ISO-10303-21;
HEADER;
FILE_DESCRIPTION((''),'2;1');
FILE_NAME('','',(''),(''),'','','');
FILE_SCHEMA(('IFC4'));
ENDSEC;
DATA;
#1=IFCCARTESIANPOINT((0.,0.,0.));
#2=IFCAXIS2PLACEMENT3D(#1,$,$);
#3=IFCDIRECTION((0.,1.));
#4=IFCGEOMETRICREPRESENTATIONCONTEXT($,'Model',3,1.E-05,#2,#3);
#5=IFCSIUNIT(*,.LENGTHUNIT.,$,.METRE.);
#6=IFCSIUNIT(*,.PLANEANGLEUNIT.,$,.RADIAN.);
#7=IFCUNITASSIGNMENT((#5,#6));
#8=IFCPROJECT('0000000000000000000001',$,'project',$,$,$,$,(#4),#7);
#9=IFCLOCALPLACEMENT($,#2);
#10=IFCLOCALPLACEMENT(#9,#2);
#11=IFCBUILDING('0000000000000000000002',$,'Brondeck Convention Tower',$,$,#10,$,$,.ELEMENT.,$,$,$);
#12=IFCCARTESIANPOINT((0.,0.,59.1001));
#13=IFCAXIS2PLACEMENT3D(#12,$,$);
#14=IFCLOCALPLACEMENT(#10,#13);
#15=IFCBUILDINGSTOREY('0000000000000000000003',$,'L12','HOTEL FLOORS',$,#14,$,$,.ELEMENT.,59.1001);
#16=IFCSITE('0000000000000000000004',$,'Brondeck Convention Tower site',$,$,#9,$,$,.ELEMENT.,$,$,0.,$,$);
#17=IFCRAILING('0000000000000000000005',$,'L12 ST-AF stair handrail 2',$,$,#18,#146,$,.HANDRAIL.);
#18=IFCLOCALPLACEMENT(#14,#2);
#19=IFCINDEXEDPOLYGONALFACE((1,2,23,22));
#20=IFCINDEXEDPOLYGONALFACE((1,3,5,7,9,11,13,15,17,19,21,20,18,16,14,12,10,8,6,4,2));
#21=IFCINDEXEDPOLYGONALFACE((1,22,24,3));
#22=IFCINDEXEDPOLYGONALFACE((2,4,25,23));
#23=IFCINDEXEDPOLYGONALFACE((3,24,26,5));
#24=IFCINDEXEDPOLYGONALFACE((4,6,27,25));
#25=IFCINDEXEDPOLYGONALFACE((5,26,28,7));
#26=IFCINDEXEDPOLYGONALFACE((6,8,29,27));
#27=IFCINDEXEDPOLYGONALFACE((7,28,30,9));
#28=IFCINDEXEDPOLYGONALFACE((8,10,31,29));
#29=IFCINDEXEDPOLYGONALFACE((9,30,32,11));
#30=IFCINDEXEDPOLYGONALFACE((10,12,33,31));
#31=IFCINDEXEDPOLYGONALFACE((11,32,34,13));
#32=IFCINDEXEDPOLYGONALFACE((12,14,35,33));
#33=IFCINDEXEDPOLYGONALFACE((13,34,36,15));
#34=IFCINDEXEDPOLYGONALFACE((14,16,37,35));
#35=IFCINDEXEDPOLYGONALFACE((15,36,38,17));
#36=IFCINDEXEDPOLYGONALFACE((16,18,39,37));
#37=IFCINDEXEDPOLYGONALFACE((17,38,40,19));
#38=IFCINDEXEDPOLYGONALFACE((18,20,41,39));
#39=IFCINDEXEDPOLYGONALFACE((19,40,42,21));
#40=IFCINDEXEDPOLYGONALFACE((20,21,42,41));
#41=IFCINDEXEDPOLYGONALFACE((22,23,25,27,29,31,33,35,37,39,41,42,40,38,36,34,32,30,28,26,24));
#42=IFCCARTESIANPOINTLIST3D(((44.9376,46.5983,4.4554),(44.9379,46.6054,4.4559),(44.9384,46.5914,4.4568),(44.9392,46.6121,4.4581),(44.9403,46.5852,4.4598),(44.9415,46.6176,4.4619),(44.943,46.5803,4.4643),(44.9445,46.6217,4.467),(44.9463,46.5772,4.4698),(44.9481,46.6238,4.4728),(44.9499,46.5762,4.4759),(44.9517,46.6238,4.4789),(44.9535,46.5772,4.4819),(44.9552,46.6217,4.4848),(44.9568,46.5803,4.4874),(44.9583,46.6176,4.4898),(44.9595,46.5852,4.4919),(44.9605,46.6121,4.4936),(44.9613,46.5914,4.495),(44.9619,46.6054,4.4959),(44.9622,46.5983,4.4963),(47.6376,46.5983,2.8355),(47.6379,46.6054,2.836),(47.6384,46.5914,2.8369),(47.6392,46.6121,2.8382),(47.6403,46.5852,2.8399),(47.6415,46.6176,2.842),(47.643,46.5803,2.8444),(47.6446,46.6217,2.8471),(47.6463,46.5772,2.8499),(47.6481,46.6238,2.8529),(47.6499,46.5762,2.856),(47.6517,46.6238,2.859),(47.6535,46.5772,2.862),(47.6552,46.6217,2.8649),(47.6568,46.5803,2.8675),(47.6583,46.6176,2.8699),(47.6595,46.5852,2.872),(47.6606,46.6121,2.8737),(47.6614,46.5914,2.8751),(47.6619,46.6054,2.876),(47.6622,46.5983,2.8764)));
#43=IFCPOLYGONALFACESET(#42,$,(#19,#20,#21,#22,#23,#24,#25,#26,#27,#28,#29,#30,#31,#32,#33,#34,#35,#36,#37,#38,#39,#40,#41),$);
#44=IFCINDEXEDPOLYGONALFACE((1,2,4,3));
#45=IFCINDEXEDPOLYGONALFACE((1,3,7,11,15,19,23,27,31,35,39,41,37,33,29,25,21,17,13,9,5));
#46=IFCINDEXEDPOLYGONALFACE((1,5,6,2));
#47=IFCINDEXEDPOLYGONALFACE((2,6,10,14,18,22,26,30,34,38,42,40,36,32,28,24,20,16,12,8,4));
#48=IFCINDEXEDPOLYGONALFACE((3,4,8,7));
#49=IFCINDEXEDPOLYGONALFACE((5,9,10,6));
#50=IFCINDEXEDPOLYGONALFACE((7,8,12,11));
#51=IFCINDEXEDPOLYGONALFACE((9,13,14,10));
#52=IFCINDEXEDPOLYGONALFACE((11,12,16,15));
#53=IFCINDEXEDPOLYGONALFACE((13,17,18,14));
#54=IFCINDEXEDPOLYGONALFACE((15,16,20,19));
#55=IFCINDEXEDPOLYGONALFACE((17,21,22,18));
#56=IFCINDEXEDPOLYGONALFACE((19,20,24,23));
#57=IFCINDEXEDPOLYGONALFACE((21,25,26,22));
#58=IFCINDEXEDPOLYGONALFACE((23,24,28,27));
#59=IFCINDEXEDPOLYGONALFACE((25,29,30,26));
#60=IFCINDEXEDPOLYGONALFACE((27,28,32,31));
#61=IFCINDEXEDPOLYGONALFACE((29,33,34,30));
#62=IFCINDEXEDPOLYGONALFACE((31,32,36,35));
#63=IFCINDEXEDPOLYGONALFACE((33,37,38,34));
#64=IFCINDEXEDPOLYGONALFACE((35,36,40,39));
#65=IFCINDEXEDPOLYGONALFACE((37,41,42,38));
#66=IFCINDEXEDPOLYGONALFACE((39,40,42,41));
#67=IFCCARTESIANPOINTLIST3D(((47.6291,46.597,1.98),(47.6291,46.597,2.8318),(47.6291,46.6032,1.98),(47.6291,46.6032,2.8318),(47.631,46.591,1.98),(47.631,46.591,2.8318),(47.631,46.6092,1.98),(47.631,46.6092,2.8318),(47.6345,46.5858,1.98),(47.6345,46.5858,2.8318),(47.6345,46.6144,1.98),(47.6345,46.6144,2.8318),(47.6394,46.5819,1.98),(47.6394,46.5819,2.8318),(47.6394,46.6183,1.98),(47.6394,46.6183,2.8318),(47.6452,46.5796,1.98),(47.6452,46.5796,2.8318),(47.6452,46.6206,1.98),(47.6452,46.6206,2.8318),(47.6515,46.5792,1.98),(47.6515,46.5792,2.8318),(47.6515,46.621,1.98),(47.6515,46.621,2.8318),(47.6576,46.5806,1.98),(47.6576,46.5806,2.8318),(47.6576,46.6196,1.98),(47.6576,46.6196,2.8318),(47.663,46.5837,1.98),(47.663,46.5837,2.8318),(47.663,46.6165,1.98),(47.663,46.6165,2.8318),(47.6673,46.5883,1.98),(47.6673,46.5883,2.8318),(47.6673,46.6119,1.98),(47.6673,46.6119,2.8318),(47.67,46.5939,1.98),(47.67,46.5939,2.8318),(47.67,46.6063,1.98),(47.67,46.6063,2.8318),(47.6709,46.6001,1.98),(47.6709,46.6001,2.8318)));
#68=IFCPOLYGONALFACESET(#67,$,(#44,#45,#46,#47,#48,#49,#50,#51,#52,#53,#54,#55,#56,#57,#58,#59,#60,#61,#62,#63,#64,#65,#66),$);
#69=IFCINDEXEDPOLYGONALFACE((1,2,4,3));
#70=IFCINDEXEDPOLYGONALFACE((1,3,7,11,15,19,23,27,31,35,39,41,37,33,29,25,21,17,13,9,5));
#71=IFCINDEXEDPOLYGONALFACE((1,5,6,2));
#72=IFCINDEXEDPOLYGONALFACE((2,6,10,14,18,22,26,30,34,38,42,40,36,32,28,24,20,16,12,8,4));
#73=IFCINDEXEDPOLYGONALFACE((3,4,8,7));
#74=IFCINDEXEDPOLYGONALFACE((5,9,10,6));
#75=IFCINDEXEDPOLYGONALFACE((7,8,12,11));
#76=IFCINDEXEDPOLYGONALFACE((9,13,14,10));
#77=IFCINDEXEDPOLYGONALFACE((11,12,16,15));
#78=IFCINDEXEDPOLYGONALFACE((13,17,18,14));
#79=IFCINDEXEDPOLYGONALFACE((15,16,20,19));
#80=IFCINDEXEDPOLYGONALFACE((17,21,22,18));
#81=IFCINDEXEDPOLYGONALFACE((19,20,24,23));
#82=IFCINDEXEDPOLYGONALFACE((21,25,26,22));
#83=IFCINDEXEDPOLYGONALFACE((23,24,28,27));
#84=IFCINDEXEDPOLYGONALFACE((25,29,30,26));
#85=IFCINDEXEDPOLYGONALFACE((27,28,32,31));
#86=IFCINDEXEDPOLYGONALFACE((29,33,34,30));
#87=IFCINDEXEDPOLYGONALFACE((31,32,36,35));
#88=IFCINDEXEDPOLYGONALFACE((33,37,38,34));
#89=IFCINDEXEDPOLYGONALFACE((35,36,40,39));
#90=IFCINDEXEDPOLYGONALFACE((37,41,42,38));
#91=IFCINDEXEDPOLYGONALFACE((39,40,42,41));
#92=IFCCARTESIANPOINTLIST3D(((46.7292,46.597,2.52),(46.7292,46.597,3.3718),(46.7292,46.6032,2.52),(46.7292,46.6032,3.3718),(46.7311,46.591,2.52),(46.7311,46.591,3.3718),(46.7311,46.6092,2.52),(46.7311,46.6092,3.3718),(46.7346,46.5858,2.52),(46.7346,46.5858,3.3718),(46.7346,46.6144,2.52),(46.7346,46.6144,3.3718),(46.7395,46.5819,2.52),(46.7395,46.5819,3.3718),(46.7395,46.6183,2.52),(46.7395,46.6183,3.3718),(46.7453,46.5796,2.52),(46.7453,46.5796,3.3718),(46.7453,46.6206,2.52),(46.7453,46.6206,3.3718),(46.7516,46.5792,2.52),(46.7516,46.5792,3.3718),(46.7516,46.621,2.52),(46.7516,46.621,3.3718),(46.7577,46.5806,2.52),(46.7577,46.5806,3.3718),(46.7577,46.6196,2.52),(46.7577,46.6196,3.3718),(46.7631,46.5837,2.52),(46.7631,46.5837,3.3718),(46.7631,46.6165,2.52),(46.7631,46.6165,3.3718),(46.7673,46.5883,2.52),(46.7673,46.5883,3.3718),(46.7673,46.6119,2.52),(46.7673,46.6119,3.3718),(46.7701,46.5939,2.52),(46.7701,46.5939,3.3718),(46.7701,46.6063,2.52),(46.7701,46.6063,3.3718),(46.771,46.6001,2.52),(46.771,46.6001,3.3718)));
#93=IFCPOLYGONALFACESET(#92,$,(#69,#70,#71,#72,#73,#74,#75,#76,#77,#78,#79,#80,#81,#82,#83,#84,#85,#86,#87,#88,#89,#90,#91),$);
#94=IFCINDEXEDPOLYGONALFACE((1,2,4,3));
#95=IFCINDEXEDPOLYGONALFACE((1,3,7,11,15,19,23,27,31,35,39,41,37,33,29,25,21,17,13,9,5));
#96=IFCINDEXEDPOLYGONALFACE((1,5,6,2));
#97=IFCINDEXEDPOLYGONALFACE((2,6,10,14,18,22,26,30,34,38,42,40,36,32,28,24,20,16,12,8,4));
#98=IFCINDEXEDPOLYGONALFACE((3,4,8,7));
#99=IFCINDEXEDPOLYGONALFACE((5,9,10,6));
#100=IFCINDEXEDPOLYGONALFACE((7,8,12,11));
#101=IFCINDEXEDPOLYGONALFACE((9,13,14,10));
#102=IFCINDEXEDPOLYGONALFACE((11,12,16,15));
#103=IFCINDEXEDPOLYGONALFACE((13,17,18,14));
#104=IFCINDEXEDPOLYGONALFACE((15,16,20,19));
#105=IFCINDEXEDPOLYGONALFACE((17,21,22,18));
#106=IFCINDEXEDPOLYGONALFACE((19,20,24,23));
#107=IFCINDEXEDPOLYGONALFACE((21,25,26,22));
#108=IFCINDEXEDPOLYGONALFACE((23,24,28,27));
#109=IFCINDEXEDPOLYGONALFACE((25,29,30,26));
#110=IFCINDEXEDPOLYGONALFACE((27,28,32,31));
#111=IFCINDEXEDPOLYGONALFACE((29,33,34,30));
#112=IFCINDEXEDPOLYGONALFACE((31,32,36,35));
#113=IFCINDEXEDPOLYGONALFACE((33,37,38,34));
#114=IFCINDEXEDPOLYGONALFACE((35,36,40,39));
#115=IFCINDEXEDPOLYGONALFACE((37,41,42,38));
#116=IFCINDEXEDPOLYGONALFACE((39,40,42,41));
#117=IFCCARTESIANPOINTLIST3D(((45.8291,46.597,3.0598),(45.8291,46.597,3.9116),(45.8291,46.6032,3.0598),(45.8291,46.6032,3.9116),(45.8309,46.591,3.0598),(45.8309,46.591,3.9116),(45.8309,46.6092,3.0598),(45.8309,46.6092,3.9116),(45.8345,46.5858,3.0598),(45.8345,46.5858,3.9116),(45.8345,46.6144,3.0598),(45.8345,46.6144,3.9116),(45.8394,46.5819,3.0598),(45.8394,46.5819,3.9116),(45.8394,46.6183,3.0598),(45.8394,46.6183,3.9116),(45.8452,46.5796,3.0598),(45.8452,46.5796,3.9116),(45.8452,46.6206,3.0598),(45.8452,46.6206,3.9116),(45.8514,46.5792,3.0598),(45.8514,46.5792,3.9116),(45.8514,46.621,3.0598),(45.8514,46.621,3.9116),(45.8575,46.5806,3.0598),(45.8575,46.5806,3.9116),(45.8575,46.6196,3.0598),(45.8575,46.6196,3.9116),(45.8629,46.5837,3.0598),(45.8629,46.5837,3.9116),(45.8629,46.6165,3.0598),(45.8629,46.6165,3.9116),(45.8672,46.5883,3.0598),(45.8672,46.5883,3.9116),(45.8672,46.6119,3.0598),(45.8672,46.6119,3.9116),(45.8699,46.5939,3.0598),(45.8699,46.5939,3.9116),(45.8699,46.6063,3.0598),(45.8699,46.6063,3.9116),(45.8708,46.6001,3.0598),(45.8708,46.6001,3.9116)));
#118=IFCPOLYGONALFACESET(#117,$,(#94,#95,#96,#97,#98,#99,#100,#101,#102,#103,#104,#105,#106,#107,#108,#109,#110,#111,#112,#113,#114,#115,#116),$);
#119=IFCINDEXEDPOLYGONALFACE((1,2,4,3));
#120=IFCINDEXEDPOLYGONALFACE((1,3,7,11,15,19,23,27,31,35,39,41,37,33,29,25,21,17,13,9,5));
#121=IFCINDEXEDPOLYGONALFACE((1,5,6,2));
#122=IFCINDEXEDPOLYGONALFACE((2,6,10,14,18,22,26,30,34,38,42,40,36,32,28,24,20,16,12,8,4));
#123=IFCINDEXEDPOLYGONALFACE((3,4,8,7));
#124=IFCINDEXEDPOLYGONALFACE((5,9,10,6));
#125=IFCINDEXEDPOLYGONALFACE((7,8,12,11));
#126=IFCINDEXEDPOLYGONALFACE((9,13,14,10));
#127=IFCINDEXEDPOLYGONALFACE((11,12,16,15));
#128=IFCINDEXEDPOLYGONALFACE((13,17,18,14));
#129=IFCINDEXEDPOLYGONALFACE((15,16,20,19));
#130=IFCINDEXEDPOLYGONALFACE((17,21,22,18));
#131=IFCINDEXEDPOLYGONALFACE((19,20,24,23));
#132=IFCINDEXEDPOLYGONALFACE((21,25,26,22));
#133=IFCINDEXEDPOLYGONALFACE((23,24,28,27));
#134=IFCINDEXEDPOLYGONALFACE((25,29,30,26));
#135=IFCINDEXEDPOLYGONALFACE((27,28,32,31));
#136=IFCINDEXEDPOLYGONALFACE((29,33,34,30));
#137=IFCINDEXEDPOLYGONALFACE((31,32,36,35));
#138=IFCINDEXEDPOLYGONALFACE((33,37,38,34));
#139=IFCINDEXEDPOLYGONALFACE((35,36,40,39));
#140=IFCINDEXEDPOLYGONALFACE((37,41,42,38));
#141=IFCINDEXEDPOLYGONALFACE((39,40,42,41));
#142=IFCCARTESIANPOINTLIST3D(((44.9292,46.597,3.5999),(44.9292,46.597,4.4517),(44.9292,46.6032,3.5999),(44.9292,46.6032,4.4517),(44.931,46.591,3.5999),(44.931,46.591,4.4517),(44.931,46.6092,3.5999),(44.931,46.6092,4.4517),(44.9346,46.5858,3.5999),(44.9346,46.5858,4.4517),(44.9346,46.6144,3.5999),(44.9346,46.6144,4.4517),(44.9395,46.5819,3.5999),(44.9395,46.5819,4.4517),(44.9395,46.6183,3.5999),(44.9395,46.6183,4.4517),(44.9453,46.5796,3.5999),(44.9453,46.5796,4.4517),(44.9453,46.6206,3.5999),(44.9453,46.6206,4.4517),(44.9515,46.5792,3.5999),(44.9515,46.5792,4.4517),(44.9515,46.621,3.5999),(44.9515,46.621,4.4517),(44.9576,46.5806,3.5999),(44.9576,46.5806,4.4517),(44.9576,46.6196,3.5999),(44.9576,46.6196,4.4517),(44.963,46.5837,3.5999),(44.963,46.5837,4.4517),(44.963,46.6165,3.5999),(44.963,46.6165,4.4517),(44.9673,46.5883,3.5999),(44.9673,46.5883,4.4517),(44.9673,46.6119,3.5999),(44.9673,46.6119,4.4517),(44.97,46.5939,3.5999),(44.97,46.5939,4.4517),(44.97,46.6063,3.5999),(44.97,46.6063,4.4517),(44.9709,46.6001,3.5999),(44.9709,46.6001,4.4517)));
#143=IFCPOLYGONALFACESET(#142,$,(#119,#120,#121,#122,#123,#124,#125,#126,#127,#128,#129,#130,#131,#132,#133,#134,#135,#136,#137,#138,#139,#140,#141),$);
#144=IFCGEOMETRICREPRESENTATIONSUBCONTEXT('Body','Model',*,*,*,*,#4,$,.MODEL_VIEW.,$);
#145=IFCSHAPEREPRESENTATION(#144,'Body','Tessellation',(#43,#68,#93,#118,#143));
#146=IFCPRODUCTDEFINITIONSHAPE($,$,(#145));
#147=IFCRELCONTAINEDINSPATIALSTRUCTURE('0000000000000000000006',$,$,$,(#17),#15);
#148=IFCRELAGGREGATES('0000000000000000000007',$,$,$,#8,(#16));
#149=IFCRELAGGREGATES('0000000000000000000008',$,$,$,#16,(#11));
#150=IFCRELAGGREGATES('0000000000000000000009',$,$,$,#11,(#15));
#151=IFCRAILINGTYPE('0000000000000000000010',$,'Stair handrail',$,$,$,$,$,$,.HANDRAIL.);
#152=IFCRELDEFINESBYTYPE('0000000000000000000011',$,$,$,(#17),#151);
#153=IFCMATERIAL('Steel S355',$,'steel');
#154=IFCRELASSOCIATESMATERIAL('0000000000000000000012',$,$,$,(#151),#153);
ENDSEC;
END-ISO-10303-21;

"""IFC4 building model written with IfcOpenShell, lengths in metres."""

from ifc_helpers import new_model, si_unit, direction, frame, origin, origin_2d, place, context, subcontext, project, spatial, circle, extrude, material, type_object, element, save


model = new_model("IFC4")

# Units and contexts
model_context = context("Model", 3, precision=1e-05, world=origin(), true_north=direction((0.0, 1.0)))
body_context = subcontext(model_context, "Body", "Model", "MODEL_VIEW")
ifc_project = project(units=[si_unit("LENGTHUNIT", "METRE"), si_unit("PLANEANGLEUNIT", "RADIAN")], contexts=[model_context])

# Site, building, storey
site_placement = place(None, origin())
site = spatial("IfcSite", under=ifc_project, at=site_placement, Name="Brondeck Convention Tower site", CompositionType="ELEMENT", RefElevation=0.0)
building_placement = place(site_placement, origin())
building = spatial("IfcBuilding", under=site, at=building_placement, Name="Brondeck Convention Tower", CompositionType="ELEMENT")
storey_placement = place(building_placement, frame((0.0, 0.0, 59.1001)))
storey = spatial("IfcBuildingStorey", under=building, at=storey_placement, Name="L12", Description="HOTEL FLOORS", CompositionType="ELEMENT", Elevation=59.1001)

# Shared definitions
ifc_material_1 = material(Name="Steel S355", Category="steel")

# Railing
railing_type = type_object("IfcRailingType", Name="Stair handrail", PredefinedType="HANDRAIL", material=ifc_material_1)
railing_placement = place(storey_placement, frame((47.6499, 46.6001, 1.98)))
element("IfcRailing", 1, at=railing_placement, inside=storey, type_object=railing_type, Name="L12 ST-AF stair handrail 2", PredefinedType="HANDRAIL", context=body_context, shape_type="SweptSolid", body=[
    extrude(circle(Radius=0.0239, at=origin_2d()), frame((0.0, 0.0, 0.876), z_axis=(-0.857507, 0.0, 0.514473), x_axis=(0.0, -1.0, 0.0)), (0.0, 0.0, 1.0), 3.1487),
    extrude(circle(Radius=0.021, at=origin_2d()), origin(), (0.0, 0.0, 1.0), 0.8518),
    extrude(circle(Radius=0.021, at=origin_2d()), frame((-0.8999, 0.0, 0.54)), (0.0, 0.0, 1.0), 0.8518),
    extrude(circle(Radius=0.021, at=origin_2d()), frame((-1.8, 0.0, 1.0798)), (0.0, 0.0, 1.0), 0.8518),
    extrude(circle(Radius=0.021, at=origin_2d()), frame((-2.7, 0.0, 1.6199)), (0.0, 0.0, 1.0), 0.8518),
])

save(model, "model.ifc")
